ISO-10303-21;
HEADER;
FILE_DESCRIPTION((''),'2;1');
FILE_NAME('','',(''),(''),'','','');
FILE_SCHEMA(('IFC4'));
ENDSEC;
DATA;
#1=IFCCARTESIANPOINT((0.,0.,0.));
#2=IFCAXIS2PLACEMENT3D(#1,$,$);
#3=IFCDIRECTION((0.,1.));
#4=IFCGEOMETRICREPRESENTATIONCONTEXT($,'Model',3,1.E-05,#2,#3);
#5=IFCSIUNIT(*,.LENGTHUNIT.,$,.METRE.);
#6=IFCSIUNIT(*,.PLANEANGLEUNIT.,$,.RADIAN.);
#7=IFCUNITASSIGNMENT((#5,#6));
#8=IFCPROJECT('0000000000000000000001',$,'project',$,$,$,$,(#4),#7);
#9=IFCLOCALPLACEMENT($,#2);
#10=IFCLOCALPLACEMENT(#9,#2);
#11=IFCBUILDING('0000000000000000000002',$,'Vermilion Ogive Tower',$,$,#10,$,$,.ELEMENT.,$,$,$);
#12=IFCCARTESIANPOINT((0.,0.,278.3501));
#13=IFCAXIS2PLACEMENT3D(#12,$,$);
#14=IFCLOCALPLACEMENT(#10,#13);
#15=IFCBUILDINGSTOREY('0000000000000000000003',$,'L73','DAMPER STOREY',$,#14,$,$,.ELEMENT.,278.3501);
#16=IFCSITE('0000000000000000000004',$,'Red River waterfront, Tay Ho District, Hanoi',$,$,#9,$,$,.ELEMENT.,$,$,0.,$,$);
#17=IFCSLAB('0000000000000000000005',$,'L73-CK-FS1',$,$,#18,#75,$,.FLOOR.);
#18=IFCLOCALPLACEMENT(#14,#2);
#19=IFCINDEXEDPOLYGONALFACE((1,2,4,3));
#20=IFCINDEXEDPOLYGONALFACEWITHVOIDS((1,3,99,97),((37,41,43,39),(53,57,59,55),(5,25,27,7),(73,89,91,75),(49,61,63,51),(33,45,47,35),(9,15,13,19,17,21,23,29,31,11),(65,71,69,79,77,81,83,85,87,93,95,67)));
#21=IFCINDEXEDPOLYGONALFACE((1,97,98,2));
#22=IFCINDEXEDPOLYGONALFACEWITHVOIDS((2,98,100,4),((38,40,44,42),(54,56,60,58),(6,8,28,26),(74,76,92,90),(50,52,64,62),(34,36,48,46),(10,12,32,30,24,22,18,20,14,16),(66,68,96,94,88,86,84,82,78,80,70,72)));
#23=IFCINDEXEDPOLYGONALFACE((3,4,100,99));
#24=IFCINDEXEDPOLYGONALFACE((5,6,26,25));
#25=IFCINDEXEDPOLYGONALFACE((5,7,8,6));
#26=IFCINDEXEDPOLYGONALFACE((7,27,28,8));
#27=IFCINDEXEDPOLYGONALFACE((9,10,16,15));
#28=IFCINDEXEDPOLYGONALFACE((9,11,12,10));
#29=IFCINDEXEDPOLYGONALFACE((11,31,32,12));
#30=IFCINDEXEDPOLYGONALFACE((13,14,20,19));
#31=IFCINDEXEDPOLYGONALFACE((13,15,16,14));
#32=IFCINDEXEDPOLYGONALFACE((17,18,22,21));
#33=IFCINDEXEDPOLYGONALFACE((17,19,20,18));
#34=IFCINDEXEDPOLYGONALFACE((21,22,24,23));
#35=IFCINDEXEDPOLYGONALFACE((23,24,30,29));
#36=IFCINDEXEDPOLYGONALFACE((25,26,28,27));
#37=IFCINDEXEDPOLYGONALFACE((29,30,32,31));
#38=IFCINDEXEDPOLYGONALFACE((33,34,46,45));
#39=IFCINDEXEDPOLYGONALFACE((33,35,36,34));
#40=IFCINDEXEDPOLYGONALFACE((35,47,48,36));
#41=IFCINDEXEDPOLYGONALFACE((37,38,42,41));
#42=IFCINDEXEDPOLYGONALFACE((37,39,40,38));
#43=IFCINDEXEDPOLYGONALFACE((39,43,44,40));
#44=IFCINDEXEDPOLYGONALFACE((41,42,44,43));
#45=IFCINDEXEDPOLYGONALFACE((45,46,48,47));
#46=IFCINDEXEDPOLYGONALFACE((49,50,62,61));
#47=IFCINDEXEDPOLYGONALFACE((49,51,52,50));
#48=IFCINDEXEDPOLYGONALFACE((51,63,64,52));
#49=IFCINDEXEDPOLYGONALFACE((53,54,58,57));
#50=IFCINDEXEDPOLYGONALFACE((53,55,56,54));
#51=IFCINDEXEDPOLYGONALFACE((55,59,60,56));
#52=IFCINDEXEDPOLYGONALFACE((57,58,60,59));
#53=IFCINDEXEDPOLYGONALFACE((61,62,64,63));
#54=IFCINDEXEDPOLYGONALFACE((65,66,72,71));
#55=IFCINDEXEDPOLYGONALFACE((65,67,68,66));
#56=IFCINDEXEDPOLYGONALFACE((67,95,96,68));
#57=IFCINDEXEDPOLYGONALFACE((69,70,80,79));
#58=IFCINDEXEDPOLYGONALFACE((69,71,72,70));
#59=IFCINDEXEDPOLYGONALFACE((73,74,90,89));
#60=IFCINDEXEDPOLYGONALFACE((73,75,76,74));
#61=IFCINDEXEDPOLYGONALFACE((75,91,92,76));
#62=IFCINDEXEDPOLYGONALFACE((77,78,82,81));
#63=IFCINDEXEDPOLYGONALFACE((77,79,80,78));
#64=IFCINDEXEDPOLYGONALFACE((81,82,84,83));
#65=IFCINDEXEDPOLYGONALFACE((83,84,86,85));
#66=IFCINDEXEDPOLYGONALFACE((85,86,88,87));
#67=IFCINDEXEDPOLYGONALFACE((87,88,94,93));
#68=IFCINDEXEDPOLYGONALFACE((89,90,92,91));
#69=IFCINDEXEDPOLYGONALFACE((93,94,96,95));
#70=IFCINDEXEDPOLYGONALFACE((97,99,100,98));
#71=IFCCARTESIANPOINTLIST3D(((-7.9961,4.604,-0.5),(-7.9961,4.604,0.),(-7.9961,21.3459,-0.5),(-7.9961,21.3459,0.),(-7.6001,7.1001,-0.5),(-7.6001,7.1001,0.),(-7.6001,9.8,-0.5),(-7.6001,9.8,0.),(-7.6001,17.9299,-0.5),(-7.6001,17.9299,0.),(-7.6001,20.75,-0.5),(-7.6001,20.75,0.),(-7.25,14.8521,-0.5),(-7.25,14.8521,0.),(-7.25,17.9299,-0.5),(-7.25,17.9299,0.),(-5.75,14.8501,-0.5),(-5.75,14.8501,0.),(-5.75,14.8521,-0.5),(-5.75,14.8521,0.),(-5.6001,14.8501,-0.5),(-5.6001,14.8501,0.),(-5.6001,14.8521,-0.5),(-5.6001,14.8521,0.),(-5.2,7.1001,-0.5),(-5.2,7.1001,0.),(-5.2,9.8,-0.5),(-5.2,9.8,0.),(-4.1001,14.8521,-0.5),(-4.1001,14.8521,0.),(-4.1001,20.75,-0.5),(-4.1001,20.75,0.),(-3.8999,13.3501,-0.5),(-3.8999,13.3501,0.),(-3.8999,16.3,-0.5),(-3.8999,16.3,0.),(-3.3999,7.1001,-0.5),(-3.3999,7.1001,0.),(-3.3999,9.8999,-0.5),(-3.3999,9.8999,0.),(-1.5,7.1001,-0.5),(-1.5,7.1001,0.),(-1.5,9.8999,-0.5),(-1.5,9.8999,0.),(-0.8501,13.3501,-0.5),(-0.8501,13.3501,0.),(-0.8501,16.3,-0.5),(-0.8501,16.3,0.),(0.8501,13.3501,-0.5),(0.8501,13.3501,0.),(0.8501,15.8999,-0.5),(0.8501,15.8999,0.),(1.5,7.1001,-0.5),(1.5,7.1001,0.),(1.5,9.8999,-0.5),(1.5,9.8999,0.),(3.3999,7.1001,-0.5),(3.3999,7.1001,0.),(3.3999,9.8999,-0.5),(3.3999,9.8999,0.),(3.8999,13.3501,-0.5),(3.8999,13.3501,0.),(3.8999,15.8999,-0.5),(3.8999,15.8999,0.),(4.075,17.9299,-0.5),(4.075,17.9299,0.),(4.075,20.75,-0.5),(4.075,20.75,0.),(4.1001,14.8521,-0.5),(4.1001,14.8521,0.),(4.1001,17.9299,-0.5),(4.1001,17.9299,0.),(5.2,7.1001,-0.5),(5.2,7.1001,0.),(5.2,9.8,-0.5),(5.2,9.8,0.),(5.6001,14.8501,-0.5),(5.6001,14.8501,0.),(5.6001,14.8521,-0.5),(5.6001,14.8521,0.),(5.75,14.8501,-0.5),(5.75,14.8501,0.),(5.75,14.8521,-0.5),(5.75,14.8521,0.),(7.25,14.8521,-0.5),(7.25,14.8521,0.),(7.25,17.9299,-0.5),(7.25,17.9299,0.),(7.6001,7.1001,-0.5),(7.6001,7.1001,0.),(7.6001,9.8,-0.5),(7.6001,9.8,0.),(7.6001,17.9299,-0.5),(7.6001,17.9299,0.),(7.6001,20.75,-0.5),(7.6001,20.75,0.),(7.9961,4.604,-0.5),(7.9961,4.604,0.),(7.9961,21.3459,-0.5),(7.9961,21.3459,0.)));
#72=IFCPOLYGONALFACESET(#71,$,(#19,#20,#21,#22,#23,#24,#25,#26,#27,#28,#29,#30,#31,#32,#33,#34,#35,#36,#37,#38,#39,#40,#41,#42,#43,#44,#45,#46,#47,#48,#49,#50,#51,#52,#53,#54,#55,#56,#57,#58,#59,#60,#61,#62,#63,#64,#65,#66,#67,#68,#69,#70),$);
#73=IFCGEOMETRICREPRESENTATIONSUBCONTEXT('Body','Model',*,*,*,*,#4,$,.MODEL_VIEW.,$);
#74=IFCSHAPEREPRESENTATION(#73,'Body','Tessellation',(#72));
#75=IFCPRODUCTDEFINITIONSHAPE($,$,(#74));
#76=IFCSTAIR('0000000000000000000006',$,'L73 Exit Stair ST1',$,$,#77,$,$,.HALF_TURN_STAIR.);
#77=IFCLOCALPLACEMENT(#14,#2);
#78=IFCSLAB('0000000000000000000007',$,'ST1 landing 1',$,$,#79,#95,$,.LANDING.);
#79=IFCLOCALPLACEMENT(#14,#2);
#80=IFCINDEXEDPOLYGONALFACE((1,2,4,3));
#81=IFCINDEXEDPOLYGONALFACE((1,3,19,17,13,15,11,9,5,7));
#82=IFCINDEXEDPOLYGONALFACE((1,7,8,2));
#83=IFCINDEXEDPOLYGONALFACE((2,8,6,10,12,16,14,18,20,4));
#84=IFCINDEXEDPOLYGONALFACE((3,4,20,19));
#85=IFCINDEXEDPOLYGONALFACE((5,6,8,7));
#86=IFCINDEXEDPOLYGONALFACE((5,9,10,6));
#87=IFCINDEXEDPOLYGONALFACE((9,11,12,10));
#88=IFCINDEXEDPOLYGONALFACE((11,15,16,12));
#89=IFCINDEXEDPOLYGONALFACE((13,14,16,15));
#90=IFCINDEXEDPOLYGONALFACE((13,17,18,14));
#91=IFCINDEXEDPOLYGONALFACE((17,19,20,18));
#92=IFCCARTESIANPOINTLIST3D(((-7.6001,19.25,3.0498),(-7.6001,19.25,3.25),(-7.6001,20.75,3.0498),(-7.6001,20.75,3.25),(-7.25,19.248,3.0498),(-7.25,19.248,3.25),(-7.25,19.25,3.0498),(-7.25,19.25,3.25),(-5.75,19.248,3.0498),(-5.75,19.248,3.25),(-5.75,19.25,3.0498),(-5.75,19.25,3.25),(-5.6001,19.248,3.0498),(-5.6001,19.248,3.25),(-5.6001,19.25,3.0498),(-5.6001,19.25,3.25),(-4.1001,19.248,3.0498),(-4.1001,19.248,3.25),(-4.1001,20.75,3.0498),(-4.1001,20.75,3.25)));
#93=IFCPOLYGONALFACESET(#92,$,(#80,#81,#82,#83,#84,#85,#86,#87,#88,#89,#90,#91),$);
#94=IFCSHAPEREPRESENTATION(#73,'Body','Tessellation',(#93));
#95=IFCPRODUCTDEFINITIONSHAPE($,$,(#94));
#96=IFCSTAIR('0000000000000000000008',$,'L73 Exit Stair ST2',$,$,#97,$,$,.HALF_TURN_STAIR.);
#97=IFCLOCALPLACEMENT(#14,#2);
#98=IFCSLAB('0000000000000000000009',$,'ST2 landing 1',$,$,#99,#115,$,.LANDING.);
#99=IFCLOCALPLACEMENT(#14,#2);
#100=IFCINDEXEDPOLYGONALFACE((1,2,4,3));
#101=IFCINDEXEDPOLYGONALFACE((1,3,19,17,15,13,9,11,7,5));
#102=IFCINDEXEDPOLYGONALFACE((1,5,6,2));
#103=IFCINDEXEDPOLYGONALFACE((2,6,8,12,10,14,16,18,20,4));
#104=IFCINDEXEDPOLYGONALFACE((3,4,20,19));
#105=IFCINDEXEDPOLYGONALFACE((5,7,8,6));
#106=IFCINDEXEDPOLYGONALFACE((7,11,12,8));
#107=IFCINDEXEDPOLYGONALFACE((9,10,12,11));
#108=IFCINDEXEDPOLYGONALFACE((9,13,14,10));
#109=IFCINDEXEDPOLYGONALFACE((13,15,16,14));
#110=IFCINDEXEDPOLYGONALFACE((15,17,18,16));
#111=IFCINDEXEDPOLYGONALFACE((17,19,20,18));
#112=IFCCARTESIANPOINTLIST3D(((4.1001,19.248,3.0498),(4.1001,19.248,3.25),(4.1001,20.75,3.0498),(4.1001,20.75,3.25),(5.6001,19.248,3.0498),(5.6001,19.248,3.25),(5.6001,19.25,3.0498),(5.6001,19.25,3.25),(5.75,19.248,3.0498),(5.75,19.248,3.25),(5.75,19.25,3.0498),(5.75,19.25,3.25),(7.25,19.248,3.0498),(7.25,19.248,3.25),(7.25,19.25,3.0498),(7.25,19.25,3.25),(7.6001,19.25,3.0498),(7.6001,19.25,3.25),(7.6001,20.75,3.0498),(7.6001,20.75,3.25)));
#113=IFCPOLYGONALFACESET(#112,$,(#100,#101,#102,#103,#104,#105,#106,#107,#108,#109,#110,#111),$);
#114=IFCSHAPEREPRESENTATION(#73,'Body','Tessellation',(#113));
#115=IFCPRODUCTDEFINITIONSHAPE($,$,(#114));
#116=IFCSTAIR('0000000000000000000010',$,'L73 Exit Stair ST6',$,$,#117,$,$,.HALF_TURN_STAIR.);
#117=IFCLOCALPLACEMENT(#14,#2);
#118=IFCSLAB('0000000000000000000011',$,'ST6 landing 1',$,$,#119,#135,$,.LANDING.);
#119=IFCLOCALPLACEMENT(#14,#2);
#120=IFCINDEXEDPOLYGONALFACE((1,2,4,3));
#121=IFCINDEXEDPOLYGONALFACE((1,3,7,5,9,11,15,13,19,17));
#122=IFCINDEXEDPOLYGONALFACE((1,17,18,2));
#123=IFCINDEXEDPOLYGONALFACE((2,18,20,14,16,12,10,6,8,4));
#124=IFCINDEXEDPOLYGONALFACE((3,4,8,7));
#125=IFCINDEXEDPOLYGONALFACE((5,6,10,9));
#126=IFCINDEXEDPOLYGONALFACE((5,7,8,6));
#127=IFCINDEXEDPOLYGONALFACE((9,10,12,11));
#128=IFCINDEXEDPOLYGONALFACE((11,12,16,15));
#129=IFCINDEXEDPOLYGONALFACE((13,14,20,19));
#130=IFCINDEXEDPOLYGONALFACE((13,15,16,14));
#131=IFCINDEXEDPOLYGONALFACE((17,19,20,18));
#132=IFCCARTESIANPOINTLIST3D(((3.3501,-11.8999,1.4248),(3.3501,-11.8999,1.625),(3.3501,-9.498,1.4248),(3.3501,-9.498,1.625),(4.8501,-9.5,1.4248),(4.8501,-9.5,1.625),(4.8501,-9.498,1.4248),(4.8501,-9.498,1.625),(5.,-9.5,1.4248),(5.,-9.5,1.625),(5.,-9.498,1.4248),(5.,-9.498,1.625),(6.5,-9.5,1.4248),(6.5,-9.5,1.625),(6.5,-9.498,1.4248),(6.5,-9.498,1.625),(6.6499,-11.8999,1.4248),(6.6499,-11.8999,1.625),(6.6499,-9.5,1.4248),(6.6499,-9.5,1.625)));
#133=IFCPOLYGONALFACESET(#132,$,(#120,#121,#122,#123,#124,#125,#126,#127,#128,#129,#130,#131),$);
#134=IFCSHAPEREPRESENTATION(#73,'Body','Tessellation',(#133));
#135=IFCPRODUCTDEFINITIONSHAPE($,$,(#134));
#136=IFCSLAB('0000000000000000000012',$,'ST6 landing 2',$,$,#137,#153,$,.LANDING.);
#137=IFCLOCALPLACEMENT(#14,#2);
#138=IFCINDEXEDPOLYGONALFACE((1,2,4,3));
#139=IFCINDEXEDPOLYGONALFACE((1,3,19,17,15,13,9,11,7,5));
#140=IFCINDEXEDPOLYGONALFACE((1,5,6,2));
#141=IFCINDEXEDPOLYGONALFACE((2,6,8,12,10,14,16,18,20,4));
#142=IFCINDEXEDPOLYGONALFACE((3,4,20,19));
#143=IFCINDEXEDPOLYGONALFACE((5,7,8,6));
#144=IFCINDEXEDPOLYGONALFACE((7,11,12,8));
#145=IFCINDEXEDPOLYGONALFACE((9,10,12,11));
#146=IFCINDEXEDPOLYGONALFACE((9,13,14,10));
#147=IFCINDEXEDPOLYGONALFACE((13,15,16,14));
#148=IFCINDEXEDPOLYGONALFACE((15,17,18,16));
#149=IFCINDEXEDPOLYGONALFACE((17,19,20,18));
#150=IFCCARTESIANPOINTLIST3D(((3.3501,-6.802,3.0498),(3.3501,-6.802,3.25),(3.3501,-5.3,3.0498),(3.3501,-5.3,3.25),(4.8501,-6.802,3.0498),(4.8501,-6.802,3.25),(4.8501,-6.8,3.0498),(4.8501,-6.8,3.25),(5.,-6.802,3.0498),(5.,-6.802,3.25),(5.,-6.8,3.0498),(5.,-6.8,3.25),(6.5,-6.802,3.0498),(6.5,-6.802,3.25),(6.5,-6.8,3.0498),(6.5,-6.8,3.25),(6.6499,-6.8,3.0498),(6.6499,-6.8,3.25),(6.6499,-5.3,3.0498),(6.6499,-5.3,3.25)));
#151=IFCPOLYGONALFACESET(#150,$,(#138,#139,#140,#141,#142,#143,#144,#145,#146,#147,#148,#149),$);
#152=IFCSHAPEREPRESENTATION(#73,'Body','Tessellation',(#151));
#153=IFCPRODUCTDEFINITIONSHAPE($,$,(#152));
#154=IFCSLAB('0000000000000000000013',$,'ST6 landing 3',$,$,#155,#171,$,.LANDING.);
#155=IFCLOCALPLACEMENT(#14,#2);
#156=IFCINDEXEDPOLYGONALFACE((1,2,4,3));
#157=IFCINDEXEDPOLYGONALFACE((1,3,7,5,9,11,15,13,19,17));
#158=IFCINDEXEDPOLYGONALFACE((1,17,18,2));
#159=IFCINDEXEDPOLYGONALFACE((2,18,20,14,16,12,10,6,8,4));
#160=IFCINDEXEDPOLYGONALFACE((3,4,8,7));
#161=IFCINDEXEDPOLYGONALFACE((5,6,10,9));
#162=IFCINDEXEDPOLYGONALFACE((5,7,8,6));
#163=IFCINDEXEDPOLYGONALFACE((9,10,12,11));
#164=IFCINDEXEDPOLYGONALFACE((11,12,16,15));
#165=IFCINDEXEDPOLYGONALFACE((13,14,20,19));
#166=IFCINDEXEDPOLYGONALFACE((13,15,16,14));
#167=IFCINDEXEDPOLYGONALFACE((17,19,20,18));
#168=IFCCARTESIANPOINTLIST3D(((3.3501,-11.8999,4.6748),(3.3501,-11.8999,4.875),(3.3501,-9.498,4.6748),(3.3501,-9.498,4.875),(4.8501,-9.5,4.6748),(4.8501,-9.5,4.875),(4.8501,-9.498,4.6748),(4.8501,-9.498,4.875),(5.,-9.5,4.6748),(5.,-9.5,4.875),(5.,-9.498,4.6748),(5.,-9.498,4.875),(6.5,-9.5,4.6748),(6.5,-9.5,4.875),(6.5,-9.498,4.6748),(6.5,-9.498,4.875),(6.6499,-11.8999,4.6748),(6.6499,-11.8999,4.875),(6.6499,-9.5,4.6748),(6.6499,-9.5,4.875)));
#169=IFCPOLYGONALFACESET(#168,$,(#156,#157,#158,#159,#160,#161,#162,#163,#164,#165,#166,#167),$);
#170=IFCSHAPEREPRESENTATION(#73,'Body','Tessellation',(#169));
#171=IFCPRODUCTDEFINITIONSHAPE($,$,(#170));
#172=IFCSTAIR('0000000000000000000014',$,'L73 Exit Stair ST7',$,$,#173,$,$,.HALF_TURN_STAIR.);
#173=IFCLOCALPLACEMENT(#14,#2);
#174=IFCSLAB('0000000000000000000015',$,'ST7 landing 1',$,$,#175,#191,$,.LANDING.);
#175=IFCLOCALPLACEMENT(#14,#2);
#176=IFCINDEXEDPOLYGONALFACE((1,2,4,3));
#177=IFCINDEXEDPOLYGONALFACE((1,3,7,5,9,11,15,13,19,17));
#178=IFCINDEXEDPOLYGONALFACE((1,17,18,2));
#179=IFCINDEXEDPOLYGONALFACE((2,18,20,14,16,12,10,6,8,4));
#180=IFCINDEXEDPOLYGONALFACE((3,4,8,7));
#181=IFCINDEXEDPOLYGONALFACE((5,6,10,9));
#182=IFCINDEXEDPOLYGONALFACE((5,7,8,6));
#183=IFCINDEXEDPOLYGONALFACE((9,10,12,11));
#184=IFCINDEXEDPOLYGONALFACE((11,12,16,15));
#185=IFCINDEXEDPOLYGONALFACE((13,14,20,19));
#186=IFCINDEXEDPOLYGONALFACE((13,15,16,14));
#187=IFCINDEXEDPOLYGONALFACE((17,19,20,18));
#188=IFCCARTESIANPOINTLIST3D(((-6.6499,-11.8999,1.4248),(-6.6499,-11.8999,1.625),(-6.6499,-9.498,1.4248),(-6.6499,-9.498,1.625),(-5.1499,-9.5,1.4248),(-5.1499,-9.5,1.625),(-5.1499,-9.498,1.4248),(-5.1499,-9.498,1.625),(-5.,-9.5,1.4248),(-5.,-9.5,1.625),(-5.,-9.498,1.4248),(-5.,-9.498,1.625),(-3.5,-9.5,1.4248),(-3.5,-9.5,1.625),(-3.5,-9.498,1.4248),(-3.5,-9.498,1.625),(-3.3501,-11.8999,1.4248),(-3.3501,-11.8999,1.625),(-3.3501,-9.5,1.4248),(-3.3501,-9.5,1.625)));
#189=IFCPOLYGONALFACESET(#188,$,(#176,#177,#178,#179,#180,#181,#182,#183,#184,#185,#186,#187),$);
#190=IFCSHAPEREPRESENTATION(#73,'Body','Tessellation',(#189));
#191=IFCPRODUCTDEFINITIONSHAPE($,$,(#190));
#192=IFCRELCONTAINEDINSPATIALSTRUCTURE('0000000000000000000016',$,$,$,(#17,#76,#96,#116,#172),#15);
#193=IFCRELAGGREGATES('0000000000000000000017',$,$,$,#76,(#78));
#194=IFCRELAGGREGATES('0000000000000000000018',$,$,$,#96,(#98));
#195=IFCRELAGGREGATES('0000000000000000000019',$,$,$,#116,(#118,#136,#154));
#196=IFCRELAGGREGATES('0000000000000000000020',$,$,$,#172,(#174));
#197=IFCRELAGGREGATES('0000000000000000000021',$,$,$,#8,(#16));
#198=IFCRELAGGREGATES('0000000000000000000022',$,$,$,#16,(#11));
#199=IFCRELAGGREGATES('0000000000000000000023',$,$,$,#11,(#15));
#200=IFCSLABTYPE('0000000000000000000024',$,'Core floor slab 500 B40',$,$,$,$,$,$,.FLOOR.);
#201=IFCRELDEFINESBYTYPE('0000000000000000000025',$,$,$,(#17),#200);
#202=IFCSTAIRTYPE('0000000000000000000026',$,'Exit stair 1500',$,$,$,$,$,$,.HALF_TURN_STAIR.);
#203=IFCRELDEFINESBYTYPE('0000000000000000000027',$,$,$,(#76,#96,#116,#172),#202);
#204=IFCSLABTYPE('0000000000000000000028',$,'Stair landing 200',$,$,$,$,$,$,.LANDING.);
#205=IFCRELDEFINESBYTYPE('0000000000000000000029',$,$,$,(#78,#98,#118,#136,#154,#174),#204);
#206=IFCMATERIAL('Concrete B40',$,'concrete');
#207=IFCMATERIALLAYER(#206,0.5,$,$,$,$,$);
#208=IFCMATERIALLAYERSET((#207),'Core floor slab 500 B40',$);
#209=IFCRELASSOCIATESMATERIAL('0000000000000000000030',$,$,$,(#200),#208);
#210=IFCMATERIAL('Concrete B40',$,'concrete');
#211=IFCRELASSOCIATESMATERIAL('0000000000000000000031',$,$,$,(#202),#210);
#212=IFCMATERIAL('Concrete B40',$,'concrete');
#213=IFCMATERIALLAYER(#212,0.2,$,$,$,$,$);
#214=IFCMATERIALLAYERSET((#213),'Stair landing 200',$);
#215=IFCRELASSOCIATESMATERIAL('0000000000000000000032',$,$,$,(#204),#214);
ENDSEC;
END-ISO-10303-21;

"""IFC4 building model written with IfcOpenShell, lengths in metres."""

from ifc_helpers import new_model, si_unit, direction, frame, origin, place, context, subcontext, project, spatial, polyline, outline, extrude, material, layer, layer_set, type_object, element, aggregate, save


model = new_model("IFC4")

# Units and contexts
model_context = context("Model", 3, precision=1e-05, world=origin(), true_north=direction((0.0, 1.0)))
body_context = subcontext(model_context, "Body", "Model", "MODEL_VIEW")
ifc_project = project(units=[si_unit("LENGTHUNIT", "METRE"), si_unit("PLANEANGLEUNIT", "RADIAN")], contexts=[model_context])

# Site, building, storey
site_placement = place(None, origin())
site = spatial("IfcSite", under=ifc_project, at=site_placement, Name="Red River waterfront, Tay Ho District, Hanoi", CompositionType="ELEMENT", RefElevation=0.0)
building_placement = place(site_placement, origin())
building = spatial("IfcBuilding", under=site, at=building_placement, Name="Vermilion Ogive Tower", CompositionType="ELEMENT")
storey_placement = place(building_placement, frame((0.0, 0.0, 278.3501)))
storey = spatial("IfcBuildingStorey", under=building, at=storey_placement, Name="L73", Description="DAMPER STOREY", CompositionType="ELEMENT", Elevation=278.3501)

# Slab
ifc_material_1 = material(Name="Concrete B40", Category="concrete")
ifc_layer_1 = layer(ifc_material_1, 0.5)
ifc_layer_set_1 = layer_set([ifc_layer_1], Name="Core floor slab 500 B40")
slab_type_1 = type_object("IfcSlabType", Name="Core floor slab 500 B40", PredefinedType="FLOOR", material=ifc_layer_set_1)
slab_1_placement = place(storey_placement, frame((0.0, 0.0, -0.5)))
element("IfcSlab", 1, at=slab_1_placement, inside=storey, type_object=slab_type_1, Name="L73-CK-FS1", PredefinedType="FLOOR", context=body_context, shape_type="SweptSolid", body=[
    extrude(outline(polyline([(-7.9961, 4.604), (7.9961, 4.604), (7.9961, 21.3459), (-7.9961, 21.3459), (-7.9961, 4.604)]), holes=[polyline([(-5.2, 7.1001), (-7.6001, 7.1001), (-7.6001, 9.8), (-5.2, 9.8), (-5.2, 7.1001)]), polyline([(5.2, 7.1001), (5.2, 9.8), (7.6001, 9.8), (7.6001, 7.1001), (5.2, 7.1001)]), polyline([(-3.3999, 7.1001), (-3.3999, 9.8999), (-1.5, 9.8999), (-1.5, 7.1001), (-3.3999, 7.1001)]), polyline([(3.3999, 7.1001), (1.5, 7.1001), (1.5, 9.8999), (3.3999, 9.8999), (3.3999, 7.1001)]), polyline([(3.8999, 13.3501), (0.8501, 13.3501), (0.8501, 15.8999), (3.8999, 15.8999), (3.8999, 13.3501)]), polyline([(-0.8501, 13.3501), (-3.8999, 13.3501), (-3.8999, 16.3), (-0.8501, 16.3), (-0.8501, 13.3501)]), polyline([(-7.6001, 17.9299), (-7.6001, 20.75), (-4.1001, 20.75), (-4.1001, 14.8521), (-5.6001, 14.8521), (-5.6001, 14.8501), (-5.75, 14.8501), (-5.75, 14.8521), (-7.25, 14.8521), (-7.25, 17.9299), (-7.6001, 17.9299)]), polyline([(5.75, 14.8501), (5.6001, 14.8501), (5.6001, 14.8521), (4.1001, 14.8521), (4.1001, 17.9299), (4.075, 17.9299), (4.075, 20.75), (7.6001, 20.75), (7.6001, 17.9299), (7.25, 17.9299), (7.25, 14.8521), (5.75, 14.8521), (5.75, 14.8501)])]), origin(), (0.0, 0.0, 1.0), 0.5),
])

# Stairs, slabs
ifc_material_2 = material(Name="Concrete B40", Category="concrete")
stair_type = type_object("IfcStairType", Name="Exit stair 1500", PredefinedType="HALF_TURN_STAIR", material=ifc_material_2)
stair_1_placement = place(storey_placement, origin())
stair_1 = element("IfcStair", 2, at=stair_1_placement, inside=storey, type_object=stair_type, Name="L73 Exit Stair ST1", PredefinedType="HALF_TURN_STAIR")
ifc_material_3 = material(Name="Concrete B40", Category="concrete")
ifc_layer_2 = layer(ifc_material_3, 0.2)
ifc_layer_set_2 = layer_set([ifc_layer_2], Name="Stair landing 200")
slab_type_2 = type_object("IfcSlabType", Name="Stair landing 200", PredefinedType="LANDING", material=ifc_layer_set_2)
slab_2_placement = place(storey_placement, frame((0.0, 0.0, 3.0498)))
slab_2 = element("IfcSlab", 3, at=slab_2_placement, type_object=slab_type_2, Name="ST1 landing 1", PredefinedType="LANDING", context=body_context, shape_type="SweptSolid", body=[
    extrude(outline(polyline([(-7.6001, 19.25), (-7.25, 19.25), (-7.25, 19.248), (-5.75, 19.248), (-5.75, 19.25), (-5.6001, 19.25), (-5.6001, 19.248), (-4.1001, 19.248), (-4.1001, 20.75), (-7.6001, 20.75), (-7.6001, 19.25)])), origin(), (0.0, 0.0, 1.0), 0.2002),
])
aggregate(stair_1, [slab_2])
stair_2_placement = place(storey_placement, origin())
stair_2 = element("IfcStair", 4, at=stair_2_placement, inside=storey, type_object=stair_type, Name="L73 Exit Stair ST2", PredefinedType="HALF_TURN_STAIR")
slab_3_placement = place(storey_placement, frame((0.0, 0.0, 3.0498)))
slab_3 = element("IfcSlab", 5, at=slab_3_placement, type_object=slab_type_2, Name="ST2 landing 1", PredefinedType="LANDING", context=body_context, shape_type="SweptSolid", body=[
    extrude(outline(polyline([(5.6001, 19.25), (5.75, 19.25), (5.75, 19.248), (7.25, 19.248), (7.25, 19.25), (7.6001, 19.25), (7.6001, 20.75), (4.1001, 20.75), (4.1001, 19.248), (5.6001, 19.248), (5.6001, 19.25)])), origin(), (0.0, 0.0, 1.0), 0.2002),
])
aggregate(stair_2, [slab_3])

# Stairs, slabs
stair_3_placement = place(storey_placement, origin())
stair_3 = element("IfcStair", 6, at=stair_3_placement, inside=storey, type_object=stair_type, Name="L73 Exit Stair ST6", PredefinedType="HALF_TURN_STAIR")
slab_4_placement = place(storey_placement, frame((0.0, 0.0, 1.4248)))
slab_4 = element("IfcSlab", 7, at=slab_4_placement, type_object=slab_type_2, Name="ST6 landing 1", PredefinedType="LANDING", context=body_context, shape_type="SweptSolid", body=[
    extrude(outline(polyline([(6.6499, -9.5), (6.5, -9.5), (6.5, -9.498), (5.0, -9.498), (5.0, -9.5), (4.8501, -9.5), (4.8501, -9.498), (3.3501, -9.498), (3.3501, -11.8999), (6.6499, -11.8999), (6.6499, -9.5)])), origin(), (0.0, 0.0, 1.0), 0.2002),
])
slab_5_placement = place(storey_placement, frame((0.0, 0.0, 3.0498)))
slab_5 = element("IfcSlab", 8, at=slab_5_placement, type_object=slab_type_2, Name="ST6 landing 2", PredefinedType="LANDING", context=body_context, shape_type="SweptSolid", body=[
    extrude(outline(polyline([(3.3501, -5.3), (3.3501, -6.802), (4.8501, -6.802), (4.8501, -6.8), (5.0, -6.8), (5.0, -6.802), (6.5, -6.802), (6.5, -6.8), (6.6499, -6.8), (6.6499, -5.3), (3.3501, -5.3)])), origin(), (0.0, 0.0, 1.0), 0.2002),
])
slab_6_placement = place(storey_placement, frame((0.0, 0.0, 4.6748)))
slab_6 = element("IfcSlab", 9, at=slab_6_placement, type_object=slab_type_2, Name="ST6 landing 3", PredefinedType="LANDING", context=body_context, shape_type="SweptSolid", body=[
    extrude(outline(polyline([(6.6499, -9.5), (6.5, -9.5), (6.5, -9.498), (5.0, -9.498), (5.0, -9.5), (4.8501, -9.5), (4.8501, -9.498), (3.3501, -9.498), (3.3501, -11.8999), (6.6499, -11.8999), (6.6499, -9.5)])), origin(), (0.0, 0.0, 1.0), 0.2002),
])
aggregate(stair_3, [slab_4, slab_5, slab_6])
stair_4_placement = place(storey_placement, origin())
stair_4 = element("IfcStair", 10, at=stair_4_placement, inside=storey, type_object=stair_type, Name="L73 Exit Stair ST7", PredefinedType="HALF_TURN_STAIR")
slab_7_placement = place(storey_placement, frame((0.0, 0.0, 1.4248)))
slab_7 = element("IfcSlab", 11, at=slab_7_placement, type_object=slab_type_2, Name="ST7 landing 1", PredefinedType="LANDING", context=body_context, shape_type="SweptSolid", body=[
    extrude(outline(polyline([(-3.3501, -9.5), (-3.5, -9.5), (-3.5, -9.498), (-5.0, -9.498), (-5.0, -9.5), (-5.1499, -9.5), (-5.1499, -9.498), (-6.6499, -9.498), (-6.6499, -11.8999), (-3.3501, -11.8999), (-3.3501, -9.5)])), origin(), (0.0, 0.0, 1.0), 0.2002),
])
aggregate(stair_4, [slab_7])

save(model, "model.ifc")
